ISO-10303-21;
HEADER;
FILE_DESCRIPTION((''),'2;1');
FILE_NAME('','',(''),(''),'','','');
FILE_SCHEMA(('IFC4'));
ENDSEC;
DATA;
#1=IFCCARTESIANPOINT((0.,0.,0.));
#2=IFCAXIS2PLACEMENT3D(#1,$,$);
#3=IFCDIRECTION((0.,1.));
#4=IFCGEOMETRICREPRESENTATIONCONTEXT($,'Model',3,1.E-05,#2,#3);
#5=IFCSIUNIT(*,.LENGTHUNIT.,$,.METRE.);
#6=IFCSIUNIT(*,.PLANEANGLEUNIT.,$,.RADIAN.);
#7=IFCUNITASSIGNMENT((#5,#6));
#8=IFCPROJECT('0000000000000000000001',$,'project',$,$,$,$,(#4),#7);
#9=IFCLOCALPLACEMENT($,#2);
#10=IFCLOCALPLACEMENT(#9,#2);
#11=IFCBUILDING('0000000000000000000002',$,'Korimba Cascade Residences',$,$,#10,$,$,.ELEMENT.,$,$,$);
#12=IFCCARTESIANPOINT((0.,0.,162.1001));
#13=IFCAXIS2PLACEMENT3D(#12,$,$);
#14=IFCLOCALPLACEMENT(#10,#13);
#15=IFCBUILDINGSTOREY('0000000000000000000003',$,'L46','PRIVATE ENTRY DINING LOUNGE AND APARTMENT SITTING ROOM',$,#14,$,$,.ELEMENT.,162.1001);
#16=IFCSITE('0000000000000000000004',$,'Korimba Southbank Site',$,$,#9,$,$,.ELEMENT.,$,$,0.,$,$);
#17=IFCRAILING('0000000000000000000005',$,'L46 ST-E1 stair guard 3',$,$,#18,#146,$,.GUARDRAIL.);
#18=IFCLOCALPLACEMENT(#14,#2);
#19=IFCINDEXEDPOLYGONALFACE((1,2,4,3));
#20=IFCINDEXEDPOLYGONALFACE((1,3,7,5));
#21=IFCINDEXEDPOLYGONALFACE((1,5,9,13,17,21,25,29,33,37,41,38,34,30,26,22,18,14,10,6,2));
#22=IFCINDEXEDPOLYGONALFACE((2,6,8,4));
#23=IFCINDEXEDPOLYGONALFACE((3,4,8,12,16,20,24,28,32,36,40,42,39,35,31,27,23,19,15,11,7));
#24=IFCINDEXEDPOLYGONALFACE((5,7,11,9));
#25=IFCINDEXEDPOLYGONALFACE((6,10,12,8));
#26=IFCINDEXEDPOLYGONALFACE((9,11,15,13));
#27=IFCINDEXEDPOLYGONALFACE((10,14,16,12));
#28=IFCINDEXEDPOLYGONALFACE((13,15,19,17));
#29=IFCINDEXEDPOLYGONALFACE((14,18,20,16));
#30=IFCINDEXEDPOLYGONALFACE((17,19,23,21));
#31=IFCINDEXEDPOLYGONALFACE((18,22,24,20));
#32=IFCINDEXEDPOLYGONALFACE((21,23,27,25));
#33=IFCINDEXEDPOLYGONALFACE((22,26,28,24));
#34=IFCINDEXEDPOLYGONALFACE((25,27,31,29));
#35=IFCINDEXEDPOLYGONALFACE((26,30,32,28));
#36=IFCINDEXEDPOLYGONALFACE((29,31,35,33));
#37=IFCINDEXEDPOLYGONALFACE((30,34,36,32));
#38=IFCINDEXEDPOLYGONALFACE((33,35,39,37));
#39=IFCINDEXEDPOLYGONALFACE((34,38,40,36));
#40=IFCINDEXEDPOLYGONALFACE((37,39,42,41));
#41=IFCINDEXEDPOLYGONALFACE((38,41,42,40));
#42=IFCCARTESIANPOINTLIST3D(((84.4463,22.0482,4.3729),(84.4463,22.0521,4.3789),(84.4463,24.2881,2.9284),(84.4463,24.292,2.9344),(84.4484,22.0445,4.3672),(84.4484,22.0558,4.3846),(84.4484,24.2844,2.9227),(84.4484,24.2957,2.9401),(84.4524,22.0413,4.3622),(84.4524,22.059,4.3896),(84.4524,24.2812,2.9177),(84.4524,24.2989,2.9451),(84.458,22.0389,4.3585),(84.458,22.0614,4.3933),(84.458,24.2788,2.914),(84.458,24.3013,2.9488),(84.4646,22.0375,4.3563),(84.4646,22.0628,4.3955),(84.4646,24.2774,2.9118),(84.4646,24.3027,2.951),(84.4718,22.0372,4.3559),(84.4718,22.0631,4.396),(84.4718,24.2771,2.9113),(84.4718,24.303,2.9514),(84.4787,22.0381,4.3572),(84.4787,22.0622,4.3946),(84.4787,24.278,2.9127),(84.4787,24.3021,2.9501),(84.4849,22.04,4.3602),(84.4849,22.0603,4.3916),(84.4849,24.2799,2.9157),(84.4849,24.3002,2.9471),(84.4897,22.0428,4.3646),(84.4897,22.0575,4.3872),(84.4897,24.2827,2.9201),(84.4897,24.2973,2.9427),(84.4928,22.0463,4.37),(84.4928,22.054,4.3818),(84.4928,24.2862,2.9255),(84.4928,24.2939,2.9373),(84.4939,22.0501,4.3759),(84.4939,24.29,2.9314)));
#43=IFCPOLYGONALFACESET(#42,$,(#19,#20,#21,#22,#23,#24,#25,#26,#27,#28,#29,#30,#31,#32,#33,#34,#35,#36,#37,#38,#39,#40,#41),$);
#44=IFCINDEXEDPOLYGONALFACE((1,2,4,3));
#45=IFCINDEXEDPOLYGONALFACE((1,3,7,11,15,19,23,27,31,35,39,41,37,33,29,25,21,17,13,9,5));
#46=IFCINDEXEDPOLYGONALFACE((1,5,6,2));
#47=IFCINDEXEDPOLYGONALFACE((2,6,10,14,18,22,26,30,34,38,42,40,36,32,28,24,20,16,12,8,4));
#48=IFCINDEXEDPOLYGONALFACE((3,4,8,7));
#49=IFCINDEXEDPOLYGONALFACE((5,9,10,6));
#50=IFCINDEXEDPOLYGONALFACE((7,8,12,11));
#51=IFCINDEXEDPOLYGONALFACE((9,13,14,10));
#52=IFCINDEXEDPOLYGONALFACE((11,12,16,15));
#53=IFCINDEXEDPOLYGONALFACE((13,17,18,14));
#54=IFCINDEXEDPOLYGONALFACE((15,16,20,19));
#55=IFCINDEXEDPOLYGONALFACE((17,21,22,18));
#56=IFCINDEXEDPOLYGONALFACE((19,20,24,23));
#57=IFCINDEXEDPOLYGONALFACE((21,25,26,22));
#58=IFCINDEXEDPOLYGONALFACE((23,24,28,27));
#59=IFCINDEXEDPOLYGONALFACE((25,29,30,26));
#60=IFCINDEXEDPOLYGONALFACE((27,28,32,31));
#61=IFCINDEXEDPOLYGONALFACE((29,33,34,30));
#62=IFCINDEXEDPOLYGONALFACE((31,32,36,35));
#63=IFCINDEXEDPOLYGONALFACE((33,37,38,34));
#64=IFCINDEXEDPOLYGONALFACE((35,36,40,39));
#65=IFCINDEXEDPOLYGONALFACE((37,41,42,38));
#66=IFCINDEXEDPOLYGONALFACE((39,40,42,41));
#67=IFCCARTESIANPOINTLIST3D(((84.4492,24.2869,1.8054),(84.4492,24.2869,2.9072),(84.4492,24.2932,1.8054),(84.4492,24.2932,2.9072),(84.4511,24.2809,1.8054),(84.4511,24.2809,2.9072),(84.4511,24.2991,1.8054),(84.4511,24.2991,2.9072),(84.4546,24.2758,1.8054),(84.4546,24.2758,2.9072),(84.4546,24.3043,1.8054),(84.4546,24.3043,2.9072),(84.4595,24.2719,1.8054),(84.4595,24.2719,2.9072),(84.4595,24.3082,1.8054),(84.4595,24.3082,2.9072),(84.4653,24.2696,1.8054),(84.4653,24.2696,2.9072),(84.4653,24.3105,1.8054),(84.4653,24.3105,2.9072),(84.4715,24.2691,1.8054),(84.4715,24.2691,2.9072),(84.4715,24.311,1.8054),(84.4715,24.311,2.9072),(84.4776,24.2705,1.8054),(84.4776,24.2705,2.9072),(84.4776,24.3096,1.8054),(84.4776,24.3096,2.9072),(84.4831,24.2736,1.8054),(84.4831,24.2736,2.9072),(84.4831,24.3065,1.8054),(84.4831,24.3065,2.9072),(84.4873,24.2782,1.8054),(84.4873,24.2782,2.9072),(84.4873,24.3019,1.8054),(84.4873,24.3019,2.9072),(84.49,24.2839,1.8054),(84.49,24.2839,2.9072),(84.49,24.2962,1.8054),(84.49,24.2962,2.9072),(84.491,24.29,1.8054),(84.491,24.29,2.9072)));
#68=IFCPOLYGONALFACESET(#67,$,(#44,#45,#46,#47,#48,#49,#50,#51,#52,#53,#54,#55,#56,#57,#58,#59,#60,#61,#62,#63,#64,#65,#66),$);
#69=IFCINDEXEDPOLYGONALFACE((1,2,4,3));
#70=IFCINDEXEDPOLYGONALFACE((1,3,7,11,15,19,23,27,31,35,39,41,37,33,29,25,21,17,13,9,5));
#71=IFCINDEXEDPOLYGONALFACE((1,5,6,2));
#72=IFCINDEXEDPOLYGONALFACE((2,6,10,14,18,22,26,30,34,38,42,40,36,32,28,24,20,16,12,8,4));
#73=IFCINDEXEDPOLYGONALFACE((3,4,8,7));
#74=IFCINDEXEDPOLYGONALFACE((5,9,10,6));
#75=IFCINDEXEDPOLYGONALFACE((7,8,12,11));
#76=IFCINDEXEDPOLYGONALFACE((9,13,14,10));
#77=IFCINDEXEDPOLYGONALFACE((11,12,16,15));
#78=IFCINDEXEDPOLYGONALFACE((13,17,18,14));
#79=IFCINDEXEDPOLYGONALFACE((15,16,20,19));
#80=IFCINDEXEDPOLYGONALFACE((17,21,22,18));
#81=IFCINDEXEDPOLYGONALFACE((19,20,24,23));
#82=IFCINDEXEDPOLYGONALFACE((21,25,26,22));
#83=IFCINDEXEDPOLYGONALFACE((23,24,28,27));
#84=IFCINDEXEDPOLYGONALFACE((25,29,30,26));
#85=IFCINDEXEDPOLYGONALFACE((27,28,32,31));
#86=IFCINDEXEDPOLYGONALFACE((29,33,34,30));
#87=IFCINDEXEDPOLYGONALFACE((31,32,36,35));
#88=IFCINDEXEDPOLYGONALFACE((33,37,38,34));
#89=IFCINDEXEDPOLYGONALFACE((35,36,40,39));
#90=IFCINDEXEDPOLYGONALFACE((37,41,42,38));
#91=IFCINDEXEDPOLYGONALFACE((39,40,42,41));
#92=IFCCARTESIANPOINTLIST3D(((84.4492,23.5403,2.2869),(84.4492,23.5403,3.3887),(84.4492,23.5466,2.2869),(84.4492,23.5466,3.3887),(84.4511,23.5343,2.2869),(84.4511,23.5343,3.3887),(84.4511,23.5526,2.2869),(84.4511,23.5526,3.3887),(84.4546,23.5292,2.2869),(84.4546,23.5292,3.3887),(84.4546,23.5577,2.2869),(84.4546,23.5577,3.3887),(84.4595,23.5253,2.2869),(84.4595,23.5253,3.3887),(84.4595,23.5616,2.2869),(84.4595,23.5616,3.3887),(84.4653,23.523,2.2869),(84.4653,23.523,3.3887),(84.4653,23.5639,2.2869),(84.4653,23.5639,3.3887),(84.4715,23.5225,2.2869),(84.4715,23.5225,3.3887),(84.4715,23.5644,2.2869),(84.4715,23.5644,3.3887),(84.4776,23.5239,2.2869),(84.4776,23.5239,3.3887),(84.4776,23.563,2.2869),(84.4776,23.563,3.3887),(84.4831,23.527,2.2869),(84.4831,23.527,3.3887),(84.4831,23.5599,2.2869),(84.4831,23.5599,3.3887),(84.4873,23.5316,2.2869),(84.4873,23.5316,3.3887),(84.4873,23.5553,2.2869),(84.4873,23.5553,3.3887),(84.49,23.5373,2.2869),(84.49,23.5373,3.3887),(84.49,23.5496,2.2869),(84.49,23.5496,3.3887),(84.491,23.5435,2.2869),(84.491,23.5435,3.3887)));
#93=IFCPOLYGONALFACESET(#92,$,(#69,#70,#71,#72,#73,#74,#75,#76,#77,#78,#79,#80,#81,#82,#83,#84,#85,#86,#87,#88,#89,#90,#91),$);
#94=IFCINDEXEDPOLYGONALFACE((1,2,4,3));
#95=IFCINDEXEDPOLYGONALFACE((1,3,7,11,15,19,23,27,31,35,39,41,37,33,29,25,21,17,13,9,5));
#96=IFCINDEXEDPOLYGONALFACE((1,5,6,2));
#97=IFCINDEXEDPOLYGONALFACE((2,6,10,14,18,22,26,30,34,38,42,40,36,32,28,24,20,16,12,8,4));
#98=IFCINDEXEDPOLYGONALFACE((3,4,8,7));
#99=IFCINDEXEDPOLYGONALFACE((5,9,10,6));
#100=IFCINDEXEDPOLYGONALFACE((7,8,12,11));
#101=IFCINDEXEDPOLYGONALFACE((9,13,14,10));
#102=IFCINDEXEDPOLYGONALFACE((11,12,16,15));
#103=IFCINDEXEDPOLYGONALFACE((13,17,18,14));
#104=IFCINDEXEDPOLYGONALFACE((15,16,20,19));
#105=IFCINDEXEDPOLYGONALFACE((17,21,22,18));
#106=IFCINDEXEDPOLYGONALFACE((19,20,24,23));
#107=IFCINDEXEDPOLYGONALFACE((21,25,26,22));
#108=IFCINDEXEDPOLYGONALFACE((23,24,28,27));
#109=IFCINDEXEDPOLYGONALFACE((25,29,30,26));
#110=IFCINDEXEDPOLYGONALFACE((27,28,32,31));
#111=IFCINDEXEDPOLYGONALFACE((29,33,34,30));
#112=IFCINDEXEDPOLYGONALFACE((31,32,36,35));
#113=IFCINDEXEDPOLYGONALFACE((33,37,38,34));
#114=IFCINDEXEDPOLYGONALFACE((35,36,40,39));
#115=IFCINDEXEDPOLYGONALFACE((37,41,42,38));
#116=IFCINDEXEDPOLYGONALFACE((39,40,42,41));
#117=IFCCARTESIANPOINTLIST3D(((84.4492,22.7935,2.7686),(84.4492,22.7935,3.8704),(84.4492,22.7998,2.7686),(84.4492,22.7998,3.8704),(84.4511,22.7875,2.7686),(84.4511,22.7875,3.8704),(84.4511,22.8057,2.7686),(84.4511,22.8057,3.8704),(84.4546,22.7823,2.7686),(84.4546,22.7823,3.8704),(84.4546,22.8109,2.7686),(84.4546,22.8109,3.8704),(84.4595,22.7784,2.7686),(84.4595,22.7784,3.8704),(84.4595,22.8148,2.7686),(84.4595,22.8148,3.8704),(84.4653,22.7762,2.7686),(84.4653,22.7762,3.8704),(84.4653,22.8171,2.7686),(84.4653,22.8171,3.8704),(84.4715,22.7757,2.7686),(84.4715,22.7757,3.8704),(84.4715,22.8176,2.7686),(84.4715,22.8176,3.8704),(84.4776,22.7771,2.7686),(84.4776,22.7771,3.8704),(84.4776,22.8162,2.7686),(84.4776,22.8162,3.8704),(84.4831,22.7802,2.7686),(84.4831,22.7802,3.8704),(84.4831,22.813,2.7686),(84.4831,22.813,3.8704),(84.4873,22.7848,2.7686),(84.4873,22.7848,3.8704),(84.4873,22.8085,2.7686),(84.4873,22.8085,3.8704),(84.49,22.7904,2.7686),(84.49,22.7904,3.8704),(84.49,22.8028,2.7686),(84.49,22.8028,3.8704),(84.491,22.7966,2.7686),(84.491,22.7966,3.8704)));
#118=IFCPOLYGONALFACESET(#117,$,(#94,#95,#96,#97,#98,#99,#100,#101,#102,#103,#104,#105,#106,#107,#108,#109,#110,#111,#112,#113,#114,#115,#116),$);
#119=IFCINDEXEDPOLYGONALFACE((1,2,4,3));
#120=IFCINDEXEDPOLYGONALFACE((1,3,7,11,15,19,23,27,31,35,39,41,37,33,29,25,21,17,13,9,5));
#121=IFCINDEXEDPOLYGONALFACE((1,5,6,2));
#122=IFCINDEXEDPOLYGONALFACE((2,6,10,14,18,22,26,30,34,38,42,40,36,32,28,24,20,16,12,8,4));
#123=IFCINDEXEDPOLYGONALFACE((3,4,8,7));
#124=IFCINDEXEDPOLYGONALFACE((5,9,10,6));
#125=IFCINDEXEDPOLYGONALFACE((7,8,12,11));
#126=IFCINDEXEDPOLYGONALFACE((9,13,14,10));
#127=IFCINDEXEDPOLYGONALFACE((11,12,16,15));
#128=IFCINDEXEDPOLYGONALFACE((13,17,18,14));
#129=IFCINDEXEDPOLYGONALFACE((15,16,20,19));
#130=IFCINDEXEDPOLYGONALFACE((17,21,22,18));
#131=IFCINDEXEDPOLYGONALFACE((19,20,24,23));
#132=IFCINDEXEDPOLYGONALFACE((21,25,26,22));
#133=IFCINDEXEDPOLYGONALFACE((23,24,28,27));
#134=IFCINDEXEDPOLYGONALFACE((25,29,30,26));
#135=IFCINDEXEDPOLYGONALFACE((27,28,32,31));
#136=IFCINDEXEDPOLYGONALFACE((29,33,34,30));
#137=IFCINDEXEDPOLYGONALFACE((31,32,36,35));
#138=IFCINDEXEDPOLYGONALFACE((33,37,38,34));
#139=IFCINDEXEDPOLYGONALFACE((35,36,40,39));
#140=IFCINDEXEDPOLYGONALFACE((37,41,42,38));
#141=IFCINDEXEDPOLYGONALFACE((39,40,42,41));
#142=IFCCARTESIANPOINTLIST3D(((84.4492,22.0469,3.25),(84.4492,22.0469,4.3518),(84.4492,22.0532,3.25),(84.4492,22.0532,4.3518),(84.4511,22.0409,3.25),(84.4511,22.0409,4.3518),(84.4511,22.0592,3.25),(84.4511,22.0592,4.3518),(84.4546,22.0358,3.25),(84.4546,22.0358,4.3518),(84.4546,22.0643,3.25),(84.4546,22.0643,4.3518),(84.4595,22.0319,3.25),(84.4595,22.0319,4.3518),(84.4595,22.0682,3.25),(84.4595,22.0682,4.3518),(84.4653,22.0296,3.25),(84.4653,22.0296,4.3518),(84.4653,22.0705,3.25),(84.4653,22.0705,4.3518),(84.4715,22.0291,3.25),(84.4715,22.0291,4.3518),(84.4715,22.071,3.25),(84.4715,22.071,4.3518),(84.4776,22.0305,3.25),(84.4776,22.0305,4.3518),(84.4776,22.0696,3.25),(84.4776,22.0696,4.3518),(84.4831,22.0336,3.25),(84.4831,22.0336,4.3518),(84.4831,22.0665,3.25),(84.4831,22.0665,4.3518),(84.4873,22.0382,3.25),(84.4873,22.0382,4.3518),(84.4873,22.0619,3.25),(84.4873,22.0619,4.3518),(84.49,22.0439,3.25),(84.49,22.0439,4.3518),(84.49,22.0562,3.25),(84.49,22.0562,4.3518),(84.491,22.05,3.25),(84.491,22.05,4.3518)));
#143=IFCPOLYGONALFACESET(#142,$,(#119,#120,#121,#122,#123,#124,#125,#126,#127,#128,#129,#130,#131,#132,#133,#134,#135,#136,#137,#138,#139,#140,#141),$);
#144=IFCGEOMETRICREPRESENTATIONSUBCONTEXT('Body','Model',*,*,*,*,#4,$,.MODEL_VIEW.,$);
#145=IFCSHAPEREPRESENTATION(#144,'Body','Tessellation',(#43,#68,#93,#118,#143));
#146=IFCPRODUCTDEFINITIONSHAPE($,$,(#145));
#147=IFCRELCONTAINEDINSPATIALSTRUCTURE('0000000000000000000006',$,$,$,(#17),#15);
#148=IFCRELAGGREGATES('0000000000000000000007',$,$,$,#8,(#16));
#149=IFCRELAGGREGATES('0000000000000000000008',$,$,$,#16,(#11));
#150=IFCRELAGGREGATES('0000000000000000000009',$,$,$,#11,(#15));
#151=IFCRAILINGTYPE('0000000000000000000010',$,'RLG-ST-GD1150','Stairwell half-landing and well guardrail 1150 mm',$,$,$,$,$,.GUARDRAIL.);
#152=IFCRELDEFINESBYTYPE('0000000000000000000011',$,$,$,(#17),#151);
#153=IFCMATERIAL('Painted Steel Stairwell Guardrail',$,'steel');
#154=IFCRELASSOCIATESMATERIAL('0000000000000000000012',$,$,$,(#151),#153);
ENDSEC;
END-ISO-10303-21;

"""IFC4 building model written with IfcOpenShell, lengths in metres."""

from ifc_helpers import new_model, si_unit, direction, frame, origin, origin_2d, place, context, subcontext, project, spatial, circle, extrude, material, type_object, element, save


model = new_model("IFC4")

# Units and contexts
model_context = context("Model", 3, precision=1e-05, world=origin(), true_north=direction((0.0, 1.0)))
body_context = subcontext(model_context, "Body", "Model", "MODEL_VIEW")
ifc_project = project(units=[si_unit("LENGTHUNIT", "METRE"), si_unit("PLANEANGLEUNIT", "RADIAN")], contexts=[model_context])

# Site, building, storey
site_placement = place(None, origin())
site = spatial("IfcSite", under=ifc_project, at=site_placement, Name="Korimba Southbank Site", CompositionType="ELEMENT", RefElevation=0.0)
building_placement = place(site_placement, origin())
building = spatial("IfcBuilding", under=site, at=building_placement, Name="Korimba Cascade Residences", CompositionType="ELEMENT")
storey_placement = place(building_placement, frame((0.0, 0.0, 162.1001)))
storey = spatial("IfcBuildingStorey", under=building, at=storey_placement, Name="L46", Description="PRIVATE ENTRY DINING LOUNGE AND APARTMENT SITTING ROOM", CompositionType="ELEMENT", Elevation=162.1001)

# Railing
ifc_material_1 = material(Name="Painted Steel Stairwell Guardrail", Category="steel")
railing_type_1 = type_object("IfcRailingType", Name="RLG-ST-GD1150", Description="Stairwell half-landing and well guardrail 1150 mm", PredefinedType="GUARDRAIL", material=ifc_material_1)
railing_1_placement = place(storey_placement, frame((84.47, 24.29, 1.8054)))
element("IfcRailing", 1, at=railing_1_placement, inside=storey, type_object=railing_type_1, Name="L46 ST-E1 stair guard 3", PredefinedType="GUARDRAIL", context=body_context, shape_type="SweptSolid", body=[
    extrude(circle(Radius=0.0239, at=origin_2d()), frame((0.0, 0.0, 1.126), z_axis=(0.0, -0.840395, 0.541975), x_axis=(1.0, 0.0, 0.0)), (0.0, 0.0, 1.0), 2.6653),
    extrude(circle(Radius=0.021, at=origin_2d()), origin(), (0.0, 0.0, 1.0), 1.1018),
    extrude(circle(Radius=0.021, at=origin_2d()), frame((0.0, -0.7466, 0.4814)), (0.0, 0.0, 1.0), 1.1018),
    extrude(circle(Radius=0.021, at=origin_2d()), frame((0.0, -1.4934, 0.9631)), (0.0, 0.0, 1.0), 1.1018),
    extrude(circle(Radius=0.021, at=origin_2d()), frame((0.0, -2.24, 1.4446)), (0.0, 0.0, 1.0), 1.1018),
])

save(model, "model.ifc")
